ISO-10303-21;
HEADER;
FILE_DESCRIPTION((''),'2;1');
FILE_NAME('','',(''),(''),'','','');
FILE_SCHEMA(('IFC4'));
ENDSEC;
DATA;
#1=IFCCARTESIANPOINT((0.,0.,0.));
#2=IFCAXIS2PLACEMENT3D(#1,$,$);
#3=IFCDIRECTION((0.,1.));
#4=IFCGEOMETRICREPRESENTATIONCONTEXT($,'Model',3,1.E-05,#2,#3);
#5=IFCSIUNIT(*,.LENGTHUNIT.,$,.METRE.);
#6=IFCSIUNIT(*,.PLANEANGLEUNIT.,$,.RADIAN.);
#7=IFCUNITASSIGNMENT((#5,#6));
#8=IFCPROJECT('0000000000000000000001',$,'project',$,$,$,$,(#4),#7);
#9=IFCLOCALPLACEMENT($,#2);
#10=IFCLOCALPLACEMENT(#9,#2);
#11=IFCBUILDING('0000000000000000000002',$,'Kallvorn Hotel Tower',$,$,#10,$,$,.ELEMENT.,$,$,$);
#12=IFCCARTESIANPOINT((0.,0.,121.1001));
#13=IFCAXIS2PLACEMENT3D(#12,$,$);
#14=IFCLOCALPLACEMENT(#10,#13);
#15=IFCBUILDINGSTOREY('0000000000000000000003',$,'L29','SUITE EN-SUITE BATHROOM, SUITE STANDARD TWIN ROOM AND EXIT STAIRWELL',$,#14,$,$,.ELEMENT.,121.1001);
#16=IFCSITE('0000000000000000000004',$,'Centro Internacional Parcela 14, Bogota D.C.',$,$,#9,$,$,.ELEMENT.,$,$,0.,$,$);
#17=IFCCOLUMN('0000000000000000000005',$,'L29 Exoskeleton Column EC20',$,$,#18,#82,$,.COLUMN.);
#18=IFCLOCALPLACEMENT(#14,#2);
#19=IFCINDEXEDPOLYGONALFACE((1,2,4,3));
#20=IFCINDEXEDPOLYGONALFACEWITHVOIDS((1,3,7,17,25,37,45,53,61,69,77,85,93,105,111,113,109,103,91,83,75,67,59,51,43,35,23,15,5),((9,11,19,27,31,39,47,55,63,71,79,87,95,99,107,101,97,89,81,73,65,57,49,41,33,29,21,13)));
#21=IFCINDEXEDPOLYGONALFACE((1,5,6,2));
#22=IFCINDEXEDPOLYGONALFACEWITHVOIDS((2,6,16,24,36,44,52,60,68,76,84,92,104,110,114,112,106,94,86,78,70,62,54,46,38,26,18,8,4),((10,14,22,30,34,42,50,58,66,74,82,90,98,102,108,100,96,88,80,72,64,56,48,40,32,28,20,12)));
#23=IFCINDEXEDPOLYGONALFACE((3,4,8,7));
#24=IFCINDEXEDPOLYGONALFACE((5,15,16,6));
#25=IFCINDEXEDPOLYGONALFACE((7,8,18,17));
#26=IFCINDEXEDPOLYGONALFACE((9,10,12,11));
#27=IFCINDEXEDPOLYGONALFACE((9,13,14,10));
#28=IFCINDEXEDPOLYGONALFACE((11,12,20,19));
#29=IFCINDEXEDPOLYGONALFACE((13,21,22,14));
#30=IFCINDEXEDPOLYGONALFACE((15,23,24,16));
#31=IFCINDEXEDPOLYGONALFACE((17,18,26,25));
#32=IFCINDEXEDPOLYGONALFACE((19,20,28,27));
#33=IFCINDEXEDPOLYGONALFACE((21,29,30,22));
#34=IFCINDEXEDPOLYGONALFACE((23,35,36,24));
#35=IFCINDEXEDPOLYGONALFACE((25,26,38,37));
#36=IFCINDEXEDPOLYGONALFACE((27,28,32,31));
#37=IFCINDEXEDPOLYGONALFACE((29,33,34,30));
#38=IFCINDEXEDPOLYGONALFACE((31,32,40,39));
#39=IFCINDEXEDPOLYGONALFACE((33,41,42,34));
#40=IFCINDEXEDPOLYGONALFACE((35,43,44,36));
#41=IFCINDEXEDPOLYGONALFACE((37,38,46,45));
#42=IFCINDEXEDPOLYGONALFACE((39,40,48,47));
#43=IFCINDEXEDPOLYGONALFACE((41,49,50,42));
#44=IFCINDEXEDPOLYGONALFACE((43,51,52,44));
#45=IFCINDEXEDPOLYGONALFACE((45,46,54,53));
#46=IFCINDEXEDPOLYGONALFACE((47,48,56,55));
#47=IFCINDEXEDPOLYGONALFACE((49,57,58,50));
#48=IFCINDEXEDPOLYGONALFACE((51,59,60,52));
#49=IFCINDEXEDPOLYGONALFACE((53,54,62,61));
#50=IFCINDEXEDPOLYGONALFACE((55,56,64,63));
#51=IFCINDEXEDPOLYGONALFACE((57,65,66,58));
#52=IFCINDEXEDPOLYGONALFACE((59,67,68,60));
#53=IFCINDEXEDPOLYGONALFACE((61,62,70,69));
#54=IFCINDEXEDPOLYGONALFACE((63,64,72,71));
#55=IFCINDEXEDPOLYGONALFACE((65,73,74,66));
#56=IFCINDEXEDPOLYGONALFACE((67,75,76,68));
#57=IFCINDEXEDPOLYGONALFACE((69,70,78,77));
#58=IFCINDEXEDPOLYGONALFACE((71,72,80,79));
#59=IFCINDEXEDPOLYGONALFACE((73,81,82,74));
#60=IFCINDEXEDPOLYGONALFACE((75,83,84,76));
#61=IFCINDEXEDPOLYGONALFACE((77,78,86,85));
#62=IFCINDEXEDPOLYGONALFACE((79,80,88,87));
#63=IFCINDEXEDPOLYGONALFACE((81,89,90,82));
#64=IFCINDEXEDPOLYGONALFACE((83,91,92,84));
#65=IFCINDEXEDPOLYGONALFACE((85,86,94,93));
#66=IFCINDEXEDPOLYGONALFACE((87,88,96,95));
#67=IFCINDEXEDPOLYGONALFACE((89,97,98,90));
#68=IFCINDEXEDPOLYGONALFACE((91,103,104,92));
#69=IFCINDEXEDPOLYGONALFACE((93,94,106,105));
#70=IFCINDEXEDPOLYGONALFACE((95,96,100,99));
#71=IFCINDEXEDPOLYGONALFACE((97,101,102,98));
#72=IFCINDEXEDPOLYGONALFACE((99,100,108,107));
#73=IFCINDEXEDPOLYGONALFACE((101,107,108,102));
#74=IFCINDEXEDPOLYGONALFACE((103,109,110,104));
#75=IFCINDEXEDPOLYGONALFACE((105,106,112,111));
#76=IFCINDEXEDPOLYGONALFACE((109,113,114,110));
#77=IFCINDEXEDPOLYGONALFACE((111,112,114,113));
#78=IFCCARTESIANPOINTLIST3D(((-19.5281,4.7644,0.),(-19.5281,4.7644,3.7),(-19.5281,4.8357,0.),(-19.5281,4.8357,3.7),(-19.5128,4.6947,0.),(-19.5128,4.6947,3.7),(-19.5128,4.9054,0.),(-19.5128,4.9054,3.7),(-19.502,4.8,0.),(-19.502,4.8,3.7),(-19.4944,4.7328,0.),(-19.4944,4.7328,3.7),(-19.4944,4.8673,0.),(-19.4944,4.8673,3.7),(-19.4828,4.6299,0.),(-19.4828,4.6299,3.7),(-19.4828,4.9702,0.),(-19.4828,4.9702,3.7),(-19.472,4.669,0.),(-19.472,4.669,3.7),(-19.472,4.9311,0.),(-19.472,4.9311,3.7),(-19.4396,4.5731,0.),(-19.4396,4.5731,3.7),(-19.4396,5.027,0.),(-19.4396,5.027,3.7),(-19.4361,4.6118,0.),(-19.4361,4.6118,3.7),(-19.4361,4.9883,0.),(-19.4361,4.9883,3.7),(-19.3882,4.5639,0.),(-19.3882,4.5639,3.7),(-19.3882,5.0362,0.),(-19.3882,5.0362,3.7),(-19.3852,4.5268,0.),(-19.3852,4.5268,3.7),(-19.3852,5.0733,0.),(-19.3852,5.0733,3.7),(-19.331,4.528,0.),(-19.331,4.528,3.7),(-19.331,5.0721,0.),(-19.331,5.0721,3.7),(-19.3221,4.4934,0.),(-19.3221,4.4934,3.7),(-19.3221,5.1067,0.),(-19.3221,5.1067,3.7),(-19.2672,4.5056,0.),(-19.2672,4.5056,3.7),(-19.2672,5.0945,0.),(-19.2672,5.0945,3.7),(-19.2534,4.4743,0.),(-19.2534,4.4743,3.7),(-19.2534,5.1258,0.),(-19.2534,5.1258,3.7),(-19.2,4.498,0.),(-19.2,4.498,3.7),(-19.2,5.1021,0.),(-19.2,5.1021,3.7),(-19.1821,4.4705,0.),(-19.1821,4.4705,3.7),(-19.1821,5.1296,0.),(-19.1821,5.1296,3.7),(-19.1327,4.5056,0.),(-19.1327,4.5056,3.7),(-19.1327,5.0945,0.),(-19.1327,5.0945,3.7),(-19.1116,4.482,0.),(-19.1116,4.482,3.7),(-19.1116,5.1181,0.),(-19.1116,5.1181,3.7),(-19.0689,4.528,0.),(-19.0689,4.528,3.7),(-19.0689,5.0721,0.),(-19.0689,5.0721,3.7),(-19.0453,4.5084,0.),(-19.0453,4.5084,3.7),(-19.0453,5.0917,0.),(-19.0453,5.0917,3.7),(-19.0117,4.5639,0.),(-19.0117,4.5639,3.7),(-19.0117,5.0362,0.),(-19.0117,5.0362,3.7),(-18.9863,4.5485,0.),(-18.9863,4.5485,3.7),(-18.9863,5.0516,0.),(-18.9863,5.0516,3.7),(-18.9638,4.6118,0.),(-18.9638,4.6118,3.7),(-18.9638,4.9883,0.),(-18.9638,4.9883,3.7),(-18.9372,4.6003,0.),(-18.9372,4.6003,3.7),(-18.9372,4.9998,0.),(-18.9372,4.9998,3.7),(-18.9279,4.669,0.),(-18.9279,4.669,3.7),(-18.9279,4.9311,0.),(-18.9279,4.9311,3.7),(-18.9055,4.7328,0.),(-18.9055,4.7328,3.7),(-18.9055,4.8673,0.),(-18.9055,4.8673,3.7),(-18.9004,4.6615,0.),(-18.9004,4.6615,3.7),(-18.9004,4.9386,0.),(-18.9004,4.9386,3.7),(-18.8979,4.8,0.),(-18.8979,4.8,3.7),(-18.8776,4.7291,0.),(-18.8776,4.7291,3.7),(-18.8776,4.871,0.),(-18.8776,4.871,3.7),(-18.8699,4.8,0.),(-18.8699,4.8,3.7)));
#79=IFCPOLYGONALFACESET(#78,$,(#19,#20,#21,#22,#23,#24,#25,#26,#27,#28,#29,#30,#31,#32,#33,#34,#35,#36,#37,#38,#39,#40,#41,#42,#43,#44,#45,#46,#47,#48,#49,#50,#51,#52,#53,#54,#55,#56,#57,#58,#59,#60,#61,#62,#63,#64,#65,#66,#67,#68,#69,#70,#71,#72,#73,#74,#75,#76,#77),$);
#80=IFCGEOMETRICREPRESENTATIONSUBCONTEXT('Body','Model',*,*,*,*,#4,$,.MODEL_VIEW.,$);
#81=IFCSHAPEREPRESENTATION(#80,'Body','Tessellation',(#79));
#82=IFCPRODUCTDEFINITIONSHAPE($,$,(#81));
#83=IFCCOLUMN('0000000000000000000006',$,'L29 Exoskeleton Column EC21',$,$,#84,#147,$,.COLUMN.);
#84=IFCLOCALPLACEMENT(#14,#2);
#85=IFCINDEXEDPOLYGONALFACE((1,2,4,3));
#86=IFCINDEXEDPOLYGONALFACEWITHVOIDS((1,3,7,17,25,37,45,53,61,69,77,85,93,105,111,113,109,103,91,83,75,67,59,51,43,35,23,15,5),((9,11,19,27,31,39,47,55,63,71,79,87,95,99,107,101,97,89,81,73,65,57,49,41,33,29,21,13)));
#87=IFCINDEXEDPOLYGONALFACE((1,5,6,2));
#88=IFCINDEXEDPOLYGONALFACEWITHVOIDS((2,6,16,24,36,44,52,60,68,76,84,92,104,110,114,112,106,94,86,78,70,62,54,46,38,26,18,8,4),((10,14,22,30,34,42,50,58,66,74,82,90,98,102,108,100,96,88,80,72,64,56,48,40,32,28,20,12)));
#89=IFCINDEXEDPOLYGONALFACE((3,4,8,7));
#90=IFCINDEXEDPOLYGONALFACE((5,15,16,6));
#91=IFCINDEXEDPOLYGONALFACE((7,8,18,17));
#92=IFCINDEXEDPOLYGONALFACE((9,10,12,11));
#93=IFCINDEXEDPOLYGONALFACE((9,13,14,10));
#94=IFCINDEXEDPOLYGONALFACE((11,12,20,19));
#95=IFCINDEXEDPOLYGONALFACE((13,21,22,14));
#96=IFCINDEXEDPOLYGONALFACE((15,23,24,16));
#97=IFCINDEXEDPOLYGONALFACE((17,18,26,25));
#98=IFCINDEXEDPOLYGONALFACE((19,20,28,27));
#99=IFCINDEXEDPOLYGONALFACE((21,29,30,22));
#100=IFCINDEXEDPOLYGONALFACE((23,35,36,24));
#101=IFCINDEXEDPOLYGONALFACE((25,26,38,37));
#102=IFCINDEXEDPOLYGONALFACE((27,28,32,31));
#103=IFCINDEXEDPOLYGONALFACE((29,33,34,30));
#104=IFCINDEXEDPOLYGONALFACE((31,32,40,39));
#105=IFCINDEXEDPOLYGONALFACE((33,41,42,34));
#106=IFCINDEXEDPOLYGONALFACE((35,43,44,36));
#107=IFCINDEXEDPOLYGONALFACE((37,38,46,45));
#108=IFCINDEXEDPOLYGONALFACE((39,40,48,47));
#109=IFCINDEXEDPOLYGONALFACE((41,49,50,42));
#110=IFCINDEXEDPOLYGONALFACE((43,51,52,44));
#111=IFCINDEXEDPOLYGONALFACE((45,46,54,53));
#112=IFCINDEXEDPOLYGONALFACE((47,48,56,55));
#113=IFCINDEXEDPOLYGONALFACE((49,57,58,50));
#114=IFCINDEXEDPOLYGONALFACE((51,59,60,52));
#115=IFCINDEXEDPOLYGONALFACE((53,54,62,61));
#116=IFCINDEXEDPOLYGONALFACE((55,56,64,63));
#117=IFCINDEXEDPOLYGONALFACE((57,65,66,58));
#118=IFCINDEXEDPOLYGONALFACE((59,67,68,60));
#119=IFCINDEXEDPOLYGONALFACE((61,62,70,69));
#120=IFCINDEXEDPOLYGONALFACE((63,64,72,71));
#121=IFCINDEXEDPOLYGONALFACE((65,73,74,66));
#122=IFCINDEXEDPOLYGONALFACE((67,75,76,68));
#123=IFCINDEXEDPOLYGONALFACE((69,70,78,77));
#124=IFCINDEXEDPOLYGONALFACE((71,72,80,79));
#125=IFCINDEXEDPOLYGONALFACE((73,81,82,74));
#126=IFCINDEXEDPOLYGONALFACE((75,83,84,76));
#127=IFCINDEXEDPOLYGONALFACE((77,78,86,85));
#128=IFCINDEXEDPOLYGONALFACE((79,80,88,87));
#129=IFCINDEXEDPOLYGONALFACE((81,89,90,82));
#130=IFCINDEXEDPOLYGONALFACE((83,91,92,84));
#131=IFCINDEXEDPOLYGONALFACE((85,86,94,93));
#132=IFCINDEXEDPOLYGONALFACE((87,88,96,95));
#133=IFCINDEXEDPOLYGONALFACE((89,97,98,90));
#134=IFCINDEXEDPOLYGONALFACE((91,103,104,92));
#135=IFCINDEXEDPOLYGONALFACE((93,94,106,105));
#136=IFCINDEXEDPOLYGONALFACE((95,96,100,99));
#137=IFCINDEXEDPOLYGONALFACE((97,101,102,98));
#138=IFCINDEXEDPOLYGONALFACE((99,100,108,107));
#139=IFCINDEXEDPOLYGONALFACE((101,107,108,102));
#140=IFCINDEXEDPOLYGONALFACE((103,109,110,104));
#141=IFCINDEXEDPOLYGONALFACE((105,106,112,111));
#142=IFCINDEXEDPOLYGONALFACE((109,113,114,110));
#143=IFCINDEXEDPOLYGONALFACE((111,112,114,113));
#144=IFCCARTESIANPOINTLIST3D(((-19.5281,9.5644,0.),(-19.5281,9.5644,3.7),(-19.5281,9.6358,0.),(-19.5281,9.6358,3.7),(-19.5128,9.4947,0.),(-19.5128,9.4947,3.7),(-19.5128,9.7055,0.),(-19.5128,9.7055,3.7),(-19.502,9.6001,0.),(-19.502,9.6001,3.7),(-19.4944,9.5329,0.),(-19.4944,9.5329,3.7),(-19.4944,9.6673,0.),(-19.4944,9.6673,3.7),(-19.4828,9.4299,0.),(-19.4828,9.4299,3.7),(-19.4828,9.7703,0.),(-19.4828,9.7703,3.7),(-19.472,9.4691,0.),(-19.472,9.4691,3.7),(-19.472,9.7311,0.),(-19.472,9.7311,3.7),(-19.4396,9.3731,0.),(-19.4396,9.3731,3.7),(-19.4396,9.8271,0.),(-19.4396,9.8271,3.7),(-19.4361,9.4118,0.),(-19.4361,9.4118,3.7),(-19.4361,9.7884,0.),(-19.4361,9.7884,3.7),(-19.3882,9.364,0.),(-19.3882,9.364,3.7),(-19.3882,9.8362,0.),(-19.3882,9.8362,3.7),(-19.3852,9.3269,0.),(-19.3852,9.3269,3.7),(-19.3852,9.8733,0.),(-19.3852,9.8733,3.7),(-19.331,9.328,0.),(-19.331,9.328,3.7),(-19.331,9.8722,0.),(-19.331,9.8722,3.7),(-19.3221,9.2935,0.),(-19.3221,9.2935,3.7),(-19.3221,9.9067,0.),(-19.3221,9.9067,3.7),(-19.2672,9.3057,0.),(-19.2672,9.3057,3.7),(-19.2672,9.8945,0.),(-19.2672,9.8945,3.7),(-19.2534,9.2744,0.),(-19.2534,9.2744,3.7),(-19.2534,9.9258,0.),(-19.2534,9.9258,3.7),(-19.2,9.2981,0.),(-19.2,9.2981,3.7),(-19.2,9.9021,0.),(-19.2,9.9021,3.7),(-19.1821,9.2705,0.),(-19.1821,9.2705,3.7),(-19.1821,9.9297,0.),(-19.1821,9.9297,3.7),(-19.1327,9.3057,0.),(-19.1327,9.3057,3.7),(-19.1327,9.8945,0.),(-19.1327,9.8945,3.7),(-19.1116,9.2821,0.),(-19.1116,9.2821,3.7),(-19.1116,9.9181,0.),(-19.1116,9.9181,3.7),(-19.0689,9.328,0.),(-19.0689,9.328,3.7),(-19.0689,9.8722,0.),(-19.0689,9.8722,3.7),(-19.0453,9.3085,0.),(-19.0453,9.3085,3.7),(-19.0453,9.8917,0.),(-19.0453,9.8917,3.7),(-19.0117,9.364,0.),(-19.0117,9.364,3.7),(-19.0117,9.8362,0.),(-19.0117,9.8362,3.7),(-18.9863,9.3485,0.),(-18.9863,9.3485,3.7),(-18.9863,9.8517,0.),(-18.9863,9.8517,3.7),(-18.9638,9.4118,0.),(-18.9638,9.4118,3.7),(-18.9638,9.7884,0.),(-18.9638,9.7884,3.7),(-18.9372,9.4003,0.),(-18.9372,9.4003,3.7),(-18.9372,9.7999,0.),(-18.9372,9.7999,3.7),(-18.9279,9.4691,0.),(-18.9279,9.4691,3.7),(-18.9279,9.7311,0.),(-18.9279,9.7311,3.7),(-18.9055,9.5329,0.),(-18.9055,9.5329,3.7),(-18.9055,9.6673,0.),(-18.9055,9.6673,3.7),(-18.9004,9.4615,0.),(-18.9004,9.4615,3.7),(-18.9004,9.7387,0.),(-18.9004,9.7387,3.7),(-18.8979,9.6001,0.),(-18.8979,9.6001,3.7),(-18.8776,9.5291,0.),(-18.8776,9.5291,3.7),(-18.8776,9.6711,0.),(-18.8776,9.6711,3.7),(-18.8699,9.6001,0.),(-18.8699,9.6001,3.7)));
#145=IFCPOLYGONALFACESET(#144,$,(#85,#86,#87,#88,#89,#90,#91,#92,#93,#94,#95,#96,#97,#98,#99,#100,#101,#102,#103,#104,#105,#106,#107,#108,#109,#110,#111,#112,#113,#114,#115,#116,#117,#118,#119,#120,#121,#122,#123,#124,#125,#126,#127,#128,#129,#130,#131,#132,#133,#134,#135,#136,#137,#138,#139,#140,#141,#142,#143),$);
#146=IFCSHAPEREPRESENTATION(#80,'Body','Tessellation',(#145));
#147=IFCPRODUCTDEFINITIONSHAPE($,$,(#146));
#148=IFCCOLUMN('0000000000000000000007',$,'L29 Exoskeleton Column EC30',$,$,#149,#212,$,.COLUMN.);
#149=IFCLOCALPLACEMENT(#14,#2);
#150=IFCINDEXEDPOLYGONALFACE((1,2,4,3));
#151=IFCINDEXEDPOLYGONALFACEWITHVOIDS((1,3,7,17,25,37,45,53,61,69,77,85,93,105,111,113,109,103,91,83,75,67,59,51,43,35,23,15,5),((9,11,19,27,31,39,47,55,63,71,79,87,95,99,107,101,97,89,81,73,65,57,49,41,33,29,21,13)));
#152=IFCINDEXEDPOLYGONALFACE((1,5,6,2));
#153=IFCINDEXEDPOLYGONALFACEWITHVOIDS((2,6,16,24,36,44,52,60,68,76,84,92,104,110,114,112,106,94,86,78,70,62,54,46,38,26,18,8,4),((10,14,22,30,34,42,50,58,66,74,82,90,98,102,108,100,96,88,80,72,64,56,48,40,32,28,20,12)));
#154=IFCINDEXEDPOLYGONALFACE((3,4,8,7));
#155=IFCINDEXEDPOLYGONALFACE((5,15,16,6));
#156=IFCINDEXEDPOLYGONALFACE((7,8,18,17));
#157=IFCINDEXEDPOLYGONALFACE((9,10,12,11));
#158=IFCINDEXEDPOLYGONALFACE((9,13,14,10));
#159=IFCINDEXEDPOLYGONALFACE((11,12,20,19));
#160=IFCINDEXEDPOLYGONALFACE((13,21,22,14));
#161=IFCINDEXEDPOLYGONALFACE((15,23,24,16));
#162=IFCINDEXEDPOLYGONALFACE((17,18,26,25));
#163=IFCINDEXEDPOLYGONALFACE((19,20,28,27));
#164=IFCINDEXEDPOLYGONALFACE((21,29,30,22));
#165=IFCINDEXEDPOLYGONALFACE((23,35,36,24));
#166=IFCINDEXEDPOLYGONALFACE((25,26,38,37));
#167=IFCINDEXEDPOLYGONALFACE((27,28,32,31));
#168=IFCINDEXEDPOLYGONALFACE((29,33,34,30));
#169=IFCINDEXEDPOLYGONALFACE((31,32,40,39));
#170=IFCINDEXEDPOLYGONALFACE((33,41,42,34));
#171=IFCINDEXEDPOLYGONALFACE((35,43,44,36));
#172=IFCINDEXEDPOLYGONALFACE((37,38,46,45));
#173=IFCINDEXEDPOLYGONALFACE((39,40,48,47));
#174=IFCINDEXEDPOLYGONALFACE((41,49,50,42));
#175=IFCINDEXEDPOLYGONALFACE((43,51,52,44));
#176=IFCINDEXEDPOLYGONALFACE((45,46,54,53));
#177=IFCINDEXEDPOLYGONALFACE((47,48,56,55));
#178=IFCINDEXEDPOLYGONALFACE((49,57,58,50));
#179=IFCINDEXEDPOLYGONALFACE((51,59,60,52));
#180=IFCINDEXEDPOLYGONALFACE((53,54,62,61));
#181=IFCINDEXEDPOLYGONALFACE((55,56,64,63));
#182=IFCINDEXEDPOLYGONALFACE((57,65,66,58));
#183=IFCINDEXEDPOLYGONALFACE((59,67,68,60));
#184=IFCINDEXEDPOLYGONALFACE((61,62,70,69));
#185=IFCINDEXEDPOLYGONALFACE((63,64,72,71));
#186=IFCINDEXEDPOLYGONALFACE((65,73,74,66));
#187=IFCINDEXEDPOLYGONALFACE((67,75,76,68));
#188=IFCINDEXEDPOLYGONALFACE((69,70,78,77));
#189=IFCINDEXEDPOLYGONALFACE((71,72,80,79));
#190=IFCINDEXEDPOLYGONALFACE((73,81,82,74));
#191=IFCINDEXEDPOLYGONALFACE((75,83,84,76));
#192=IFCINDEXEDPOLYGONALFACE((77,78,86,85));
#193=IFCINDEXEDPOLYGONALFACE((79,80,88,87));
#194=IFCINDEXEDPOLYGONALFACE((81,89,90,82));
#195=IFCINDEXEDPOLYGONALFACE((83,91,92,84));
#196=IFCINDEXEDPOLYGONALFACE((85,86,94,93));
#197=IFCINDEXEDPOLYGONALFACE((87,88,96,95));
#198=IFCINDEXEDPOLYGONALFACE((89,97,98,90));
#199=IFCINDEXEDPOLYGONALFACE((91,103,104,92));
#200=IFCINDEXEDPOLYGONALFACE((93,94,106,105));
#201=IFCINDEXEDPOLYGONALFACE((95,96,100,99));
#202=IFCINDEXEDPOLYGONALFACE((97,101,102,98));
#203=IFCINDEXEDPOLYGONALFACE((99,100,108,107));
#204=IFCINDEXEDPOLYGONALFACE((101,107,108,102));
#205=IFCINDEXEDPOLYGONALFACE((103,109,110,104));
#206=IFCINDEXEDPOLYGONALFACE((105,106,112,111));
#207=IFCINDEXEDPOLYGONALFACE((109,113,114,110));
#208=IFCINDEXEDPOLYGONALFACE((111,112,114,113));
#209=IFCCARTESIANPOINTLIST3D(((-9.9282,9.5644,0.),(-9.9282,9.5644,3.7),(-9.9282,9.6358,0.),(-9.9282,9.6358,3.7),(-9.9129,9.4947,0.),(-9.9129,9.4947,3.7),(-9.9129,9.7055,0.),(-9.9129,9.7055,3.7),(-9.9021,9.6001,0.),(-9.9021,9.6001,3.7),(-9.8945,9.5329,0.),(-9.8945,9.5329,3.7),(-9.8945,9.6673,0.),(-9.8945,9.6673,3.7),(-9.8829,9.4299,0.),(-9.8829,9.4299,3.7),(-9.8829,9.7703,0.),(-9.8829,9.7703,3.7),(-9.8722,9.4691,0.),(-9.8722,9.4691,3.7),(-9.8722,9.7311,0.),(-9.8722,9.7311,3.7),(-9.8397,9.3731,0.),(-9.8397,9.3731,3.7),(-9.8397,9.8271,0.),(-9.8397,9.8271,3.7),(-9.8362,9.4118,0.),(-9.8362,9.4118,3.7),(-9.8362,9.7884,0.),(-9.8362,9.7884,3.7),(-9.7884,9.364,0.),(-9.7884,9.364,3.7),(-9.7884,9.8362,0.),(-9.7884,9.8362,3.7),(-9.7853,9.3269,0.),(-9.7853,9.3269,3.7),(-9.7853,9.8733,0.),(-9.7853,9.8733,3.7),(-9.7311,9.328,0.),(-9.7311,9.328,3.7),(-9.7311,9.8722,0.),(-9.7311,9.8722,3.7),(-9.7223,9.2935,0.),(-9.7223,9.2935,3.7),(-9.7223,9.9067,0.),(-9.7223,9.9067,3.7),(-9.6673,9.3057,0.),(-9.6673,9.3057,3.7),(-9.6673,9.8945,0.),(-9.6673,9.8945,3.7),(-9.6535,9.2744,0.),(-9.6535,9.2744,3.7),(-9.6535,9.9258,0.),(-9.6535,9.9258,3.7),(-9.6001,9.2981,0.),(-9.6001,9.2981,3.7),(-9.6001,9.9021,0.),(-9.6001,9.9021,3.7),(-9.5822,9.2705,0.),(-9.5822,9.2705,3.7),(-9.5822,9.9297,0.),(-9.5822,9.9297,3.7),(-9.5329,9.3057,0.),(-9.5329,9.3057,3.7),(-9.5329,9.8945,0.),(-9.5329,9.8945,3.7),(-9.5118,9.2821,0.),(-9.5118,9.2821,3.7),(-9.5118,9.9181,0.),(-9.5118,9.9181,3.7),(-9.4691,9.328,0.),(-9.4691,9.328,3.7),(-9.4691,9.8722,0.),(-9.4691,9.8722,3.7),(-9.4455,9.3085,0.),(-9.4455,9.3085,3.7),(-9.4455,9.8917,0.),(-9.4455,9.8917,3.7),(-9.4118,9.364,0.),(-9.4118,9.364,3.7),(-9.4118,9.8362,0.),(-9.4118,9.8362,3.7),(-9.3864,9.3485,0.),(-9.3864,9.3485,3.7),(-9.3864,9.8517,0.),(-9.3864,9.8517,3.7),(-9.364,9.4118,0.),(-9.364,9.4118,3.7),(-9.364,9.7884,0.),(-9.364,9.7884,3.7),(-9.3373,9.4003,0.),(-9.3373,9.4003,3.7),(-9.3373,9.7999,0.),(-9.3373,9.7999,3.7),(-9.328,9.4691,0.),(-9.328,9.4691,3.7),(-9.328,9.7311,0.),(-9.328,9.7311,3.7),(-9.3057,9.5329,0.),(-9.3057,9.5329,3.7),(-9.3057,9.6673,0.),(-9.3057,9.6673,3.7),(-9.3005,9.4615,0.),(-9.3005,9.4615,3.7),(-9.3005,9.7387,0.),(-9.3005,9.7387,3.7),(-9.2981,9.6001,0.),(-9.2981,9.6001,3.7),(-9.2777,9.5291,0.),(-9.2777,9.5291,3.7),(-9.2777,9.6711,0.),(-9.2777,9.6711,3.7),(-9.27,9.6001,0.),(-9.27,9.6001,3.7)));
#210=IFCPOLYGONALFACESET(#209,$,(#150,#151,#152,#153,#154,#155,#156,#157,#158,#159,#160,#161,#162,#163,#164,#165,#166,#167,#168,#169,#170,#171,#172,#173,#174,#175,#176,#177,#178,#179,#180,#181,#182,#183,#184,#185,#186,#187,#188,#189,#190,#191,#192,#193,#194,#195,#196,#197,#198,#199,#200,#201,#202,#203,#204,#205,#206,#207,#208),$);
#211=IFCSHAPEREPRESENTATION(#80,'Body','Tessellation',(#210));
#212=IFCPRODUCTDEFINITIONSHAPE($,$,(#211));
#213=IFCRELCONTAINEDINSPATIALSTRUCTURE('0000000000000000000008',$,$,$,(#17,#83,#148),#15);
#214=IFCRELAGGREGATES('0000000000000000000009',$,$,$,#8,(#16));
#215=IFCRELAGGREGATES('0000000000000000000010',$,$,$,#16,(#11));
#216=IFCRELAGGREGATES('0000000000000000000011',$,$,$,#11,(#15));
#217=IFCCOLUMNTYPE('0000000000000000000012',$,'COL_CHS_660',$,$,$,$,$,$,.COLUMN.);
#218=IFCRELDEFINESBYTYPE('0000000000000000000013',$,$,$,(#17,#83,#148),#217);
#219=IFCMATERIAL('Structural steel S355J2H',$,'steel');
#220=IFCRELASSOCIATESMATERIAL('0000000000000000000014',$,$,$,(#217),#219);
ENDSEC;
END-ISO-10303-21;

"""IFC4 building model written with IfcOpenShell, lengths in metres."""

from ifc_helpers import new_model, si_unit, direction, frame, origin, origin_2d, place, context, subcontext, project, spatial, hollow_circle, extrude, material, material_profile, profile_set, type_object, element, save


model = new_model("IFC4")

# Units and contexts
model_context = context("Model", 3, precision=1e-05, world=origin(), true_north=direction((0.0, 1.0)))
body_context = subcontext(model_context, "Body", "Model", "MODEL_VIEW")
ifc_project = project(units=[si_unit("LENGTHUNIT", "METRE"), si_unit("PLANEANGLEUNIT", "RADIAN")], contexts=[model_context])

# Site, building, storey
site_placement = place(None, origin())
site = spatial("IfcSite", under=ifc_project, at=site_placement, Name="Centro Internacional Parcela 14, Bogota D.C.", CompositionType="ELEMENT", RefElevation=0.0)
building_placement = place(site_placement, origin())
building = spatial("IfcBuilding", under=site, at=building_placement, Name="Kallvorn Hotel Tower", CompositionType="ELEMENT")
storey_placement = place(building_placement, frame((0.0, 0.0, 121.1001)))
storey = spatial("IfcBuildingStorey", under=building, at=storey_placement, Name="L29", Description="SUITE EN-SUITE BATHROOM, SUITE STANDARD TWIN ROOM AND EXIT STAIRWELL", CompositionType="ELEMENT", Elevation=121.1001)

# Columns
ifc_material_1 = material(Name="Structural steel S355J2H", Category="steel")
ifc_material_profile_1 = material_profile(ifc_material_1, hollow_circle(Radius=0.3301, WallThickness=0.0281, at=origin_2d()), Name="CHS 660x28")
ifc_profile_set_1 = profile_set([ifc_material_profile_1], Name="Structural steel S355J2H")
column_type_1 = type_object("IfcColumnType", Name="COL_CHS_660", PredefinedType="COLUMN", material=ifc_profile_set_1)
for number, where, z_axis, x_axis, name in (
    (1, (-19.2, 4.8, 0.0), (0.0, 0.0, 1.0), (1.0, 0.0, 0.0), "L29 Exoskeleton Column EC20"),
    (2, (-19.2, 9.6001, 0.0), (0.0, 0.0, 1.0), (1.0, 0.0, 0.0), "L29 Exoskeleton Column EC21"),
    (3, (-9.6001, 9.6001, 0.0), (0.0, 0.0, 1.0), (1.0, 0.0, 0.0), "L29 Exoskeleton Column EC30"),
):
    element("IfcColumn", number, at=place(storey_placement, frame(where, z_axis=z_axis, x_axis=x_axis)), inside=storey, type_object=column_type_1, Name=name, PredefinedType="COLUMN", context=body_context, shape_type="SweptSolid", body=[
        extrude(hollow_circle(Radius=0.3301, WallThickness=0.0281, at=origin_2d()), origin(), (0.0, 0.0, 1.0), 3.7),
    ])

save(model, "model.ifc")
